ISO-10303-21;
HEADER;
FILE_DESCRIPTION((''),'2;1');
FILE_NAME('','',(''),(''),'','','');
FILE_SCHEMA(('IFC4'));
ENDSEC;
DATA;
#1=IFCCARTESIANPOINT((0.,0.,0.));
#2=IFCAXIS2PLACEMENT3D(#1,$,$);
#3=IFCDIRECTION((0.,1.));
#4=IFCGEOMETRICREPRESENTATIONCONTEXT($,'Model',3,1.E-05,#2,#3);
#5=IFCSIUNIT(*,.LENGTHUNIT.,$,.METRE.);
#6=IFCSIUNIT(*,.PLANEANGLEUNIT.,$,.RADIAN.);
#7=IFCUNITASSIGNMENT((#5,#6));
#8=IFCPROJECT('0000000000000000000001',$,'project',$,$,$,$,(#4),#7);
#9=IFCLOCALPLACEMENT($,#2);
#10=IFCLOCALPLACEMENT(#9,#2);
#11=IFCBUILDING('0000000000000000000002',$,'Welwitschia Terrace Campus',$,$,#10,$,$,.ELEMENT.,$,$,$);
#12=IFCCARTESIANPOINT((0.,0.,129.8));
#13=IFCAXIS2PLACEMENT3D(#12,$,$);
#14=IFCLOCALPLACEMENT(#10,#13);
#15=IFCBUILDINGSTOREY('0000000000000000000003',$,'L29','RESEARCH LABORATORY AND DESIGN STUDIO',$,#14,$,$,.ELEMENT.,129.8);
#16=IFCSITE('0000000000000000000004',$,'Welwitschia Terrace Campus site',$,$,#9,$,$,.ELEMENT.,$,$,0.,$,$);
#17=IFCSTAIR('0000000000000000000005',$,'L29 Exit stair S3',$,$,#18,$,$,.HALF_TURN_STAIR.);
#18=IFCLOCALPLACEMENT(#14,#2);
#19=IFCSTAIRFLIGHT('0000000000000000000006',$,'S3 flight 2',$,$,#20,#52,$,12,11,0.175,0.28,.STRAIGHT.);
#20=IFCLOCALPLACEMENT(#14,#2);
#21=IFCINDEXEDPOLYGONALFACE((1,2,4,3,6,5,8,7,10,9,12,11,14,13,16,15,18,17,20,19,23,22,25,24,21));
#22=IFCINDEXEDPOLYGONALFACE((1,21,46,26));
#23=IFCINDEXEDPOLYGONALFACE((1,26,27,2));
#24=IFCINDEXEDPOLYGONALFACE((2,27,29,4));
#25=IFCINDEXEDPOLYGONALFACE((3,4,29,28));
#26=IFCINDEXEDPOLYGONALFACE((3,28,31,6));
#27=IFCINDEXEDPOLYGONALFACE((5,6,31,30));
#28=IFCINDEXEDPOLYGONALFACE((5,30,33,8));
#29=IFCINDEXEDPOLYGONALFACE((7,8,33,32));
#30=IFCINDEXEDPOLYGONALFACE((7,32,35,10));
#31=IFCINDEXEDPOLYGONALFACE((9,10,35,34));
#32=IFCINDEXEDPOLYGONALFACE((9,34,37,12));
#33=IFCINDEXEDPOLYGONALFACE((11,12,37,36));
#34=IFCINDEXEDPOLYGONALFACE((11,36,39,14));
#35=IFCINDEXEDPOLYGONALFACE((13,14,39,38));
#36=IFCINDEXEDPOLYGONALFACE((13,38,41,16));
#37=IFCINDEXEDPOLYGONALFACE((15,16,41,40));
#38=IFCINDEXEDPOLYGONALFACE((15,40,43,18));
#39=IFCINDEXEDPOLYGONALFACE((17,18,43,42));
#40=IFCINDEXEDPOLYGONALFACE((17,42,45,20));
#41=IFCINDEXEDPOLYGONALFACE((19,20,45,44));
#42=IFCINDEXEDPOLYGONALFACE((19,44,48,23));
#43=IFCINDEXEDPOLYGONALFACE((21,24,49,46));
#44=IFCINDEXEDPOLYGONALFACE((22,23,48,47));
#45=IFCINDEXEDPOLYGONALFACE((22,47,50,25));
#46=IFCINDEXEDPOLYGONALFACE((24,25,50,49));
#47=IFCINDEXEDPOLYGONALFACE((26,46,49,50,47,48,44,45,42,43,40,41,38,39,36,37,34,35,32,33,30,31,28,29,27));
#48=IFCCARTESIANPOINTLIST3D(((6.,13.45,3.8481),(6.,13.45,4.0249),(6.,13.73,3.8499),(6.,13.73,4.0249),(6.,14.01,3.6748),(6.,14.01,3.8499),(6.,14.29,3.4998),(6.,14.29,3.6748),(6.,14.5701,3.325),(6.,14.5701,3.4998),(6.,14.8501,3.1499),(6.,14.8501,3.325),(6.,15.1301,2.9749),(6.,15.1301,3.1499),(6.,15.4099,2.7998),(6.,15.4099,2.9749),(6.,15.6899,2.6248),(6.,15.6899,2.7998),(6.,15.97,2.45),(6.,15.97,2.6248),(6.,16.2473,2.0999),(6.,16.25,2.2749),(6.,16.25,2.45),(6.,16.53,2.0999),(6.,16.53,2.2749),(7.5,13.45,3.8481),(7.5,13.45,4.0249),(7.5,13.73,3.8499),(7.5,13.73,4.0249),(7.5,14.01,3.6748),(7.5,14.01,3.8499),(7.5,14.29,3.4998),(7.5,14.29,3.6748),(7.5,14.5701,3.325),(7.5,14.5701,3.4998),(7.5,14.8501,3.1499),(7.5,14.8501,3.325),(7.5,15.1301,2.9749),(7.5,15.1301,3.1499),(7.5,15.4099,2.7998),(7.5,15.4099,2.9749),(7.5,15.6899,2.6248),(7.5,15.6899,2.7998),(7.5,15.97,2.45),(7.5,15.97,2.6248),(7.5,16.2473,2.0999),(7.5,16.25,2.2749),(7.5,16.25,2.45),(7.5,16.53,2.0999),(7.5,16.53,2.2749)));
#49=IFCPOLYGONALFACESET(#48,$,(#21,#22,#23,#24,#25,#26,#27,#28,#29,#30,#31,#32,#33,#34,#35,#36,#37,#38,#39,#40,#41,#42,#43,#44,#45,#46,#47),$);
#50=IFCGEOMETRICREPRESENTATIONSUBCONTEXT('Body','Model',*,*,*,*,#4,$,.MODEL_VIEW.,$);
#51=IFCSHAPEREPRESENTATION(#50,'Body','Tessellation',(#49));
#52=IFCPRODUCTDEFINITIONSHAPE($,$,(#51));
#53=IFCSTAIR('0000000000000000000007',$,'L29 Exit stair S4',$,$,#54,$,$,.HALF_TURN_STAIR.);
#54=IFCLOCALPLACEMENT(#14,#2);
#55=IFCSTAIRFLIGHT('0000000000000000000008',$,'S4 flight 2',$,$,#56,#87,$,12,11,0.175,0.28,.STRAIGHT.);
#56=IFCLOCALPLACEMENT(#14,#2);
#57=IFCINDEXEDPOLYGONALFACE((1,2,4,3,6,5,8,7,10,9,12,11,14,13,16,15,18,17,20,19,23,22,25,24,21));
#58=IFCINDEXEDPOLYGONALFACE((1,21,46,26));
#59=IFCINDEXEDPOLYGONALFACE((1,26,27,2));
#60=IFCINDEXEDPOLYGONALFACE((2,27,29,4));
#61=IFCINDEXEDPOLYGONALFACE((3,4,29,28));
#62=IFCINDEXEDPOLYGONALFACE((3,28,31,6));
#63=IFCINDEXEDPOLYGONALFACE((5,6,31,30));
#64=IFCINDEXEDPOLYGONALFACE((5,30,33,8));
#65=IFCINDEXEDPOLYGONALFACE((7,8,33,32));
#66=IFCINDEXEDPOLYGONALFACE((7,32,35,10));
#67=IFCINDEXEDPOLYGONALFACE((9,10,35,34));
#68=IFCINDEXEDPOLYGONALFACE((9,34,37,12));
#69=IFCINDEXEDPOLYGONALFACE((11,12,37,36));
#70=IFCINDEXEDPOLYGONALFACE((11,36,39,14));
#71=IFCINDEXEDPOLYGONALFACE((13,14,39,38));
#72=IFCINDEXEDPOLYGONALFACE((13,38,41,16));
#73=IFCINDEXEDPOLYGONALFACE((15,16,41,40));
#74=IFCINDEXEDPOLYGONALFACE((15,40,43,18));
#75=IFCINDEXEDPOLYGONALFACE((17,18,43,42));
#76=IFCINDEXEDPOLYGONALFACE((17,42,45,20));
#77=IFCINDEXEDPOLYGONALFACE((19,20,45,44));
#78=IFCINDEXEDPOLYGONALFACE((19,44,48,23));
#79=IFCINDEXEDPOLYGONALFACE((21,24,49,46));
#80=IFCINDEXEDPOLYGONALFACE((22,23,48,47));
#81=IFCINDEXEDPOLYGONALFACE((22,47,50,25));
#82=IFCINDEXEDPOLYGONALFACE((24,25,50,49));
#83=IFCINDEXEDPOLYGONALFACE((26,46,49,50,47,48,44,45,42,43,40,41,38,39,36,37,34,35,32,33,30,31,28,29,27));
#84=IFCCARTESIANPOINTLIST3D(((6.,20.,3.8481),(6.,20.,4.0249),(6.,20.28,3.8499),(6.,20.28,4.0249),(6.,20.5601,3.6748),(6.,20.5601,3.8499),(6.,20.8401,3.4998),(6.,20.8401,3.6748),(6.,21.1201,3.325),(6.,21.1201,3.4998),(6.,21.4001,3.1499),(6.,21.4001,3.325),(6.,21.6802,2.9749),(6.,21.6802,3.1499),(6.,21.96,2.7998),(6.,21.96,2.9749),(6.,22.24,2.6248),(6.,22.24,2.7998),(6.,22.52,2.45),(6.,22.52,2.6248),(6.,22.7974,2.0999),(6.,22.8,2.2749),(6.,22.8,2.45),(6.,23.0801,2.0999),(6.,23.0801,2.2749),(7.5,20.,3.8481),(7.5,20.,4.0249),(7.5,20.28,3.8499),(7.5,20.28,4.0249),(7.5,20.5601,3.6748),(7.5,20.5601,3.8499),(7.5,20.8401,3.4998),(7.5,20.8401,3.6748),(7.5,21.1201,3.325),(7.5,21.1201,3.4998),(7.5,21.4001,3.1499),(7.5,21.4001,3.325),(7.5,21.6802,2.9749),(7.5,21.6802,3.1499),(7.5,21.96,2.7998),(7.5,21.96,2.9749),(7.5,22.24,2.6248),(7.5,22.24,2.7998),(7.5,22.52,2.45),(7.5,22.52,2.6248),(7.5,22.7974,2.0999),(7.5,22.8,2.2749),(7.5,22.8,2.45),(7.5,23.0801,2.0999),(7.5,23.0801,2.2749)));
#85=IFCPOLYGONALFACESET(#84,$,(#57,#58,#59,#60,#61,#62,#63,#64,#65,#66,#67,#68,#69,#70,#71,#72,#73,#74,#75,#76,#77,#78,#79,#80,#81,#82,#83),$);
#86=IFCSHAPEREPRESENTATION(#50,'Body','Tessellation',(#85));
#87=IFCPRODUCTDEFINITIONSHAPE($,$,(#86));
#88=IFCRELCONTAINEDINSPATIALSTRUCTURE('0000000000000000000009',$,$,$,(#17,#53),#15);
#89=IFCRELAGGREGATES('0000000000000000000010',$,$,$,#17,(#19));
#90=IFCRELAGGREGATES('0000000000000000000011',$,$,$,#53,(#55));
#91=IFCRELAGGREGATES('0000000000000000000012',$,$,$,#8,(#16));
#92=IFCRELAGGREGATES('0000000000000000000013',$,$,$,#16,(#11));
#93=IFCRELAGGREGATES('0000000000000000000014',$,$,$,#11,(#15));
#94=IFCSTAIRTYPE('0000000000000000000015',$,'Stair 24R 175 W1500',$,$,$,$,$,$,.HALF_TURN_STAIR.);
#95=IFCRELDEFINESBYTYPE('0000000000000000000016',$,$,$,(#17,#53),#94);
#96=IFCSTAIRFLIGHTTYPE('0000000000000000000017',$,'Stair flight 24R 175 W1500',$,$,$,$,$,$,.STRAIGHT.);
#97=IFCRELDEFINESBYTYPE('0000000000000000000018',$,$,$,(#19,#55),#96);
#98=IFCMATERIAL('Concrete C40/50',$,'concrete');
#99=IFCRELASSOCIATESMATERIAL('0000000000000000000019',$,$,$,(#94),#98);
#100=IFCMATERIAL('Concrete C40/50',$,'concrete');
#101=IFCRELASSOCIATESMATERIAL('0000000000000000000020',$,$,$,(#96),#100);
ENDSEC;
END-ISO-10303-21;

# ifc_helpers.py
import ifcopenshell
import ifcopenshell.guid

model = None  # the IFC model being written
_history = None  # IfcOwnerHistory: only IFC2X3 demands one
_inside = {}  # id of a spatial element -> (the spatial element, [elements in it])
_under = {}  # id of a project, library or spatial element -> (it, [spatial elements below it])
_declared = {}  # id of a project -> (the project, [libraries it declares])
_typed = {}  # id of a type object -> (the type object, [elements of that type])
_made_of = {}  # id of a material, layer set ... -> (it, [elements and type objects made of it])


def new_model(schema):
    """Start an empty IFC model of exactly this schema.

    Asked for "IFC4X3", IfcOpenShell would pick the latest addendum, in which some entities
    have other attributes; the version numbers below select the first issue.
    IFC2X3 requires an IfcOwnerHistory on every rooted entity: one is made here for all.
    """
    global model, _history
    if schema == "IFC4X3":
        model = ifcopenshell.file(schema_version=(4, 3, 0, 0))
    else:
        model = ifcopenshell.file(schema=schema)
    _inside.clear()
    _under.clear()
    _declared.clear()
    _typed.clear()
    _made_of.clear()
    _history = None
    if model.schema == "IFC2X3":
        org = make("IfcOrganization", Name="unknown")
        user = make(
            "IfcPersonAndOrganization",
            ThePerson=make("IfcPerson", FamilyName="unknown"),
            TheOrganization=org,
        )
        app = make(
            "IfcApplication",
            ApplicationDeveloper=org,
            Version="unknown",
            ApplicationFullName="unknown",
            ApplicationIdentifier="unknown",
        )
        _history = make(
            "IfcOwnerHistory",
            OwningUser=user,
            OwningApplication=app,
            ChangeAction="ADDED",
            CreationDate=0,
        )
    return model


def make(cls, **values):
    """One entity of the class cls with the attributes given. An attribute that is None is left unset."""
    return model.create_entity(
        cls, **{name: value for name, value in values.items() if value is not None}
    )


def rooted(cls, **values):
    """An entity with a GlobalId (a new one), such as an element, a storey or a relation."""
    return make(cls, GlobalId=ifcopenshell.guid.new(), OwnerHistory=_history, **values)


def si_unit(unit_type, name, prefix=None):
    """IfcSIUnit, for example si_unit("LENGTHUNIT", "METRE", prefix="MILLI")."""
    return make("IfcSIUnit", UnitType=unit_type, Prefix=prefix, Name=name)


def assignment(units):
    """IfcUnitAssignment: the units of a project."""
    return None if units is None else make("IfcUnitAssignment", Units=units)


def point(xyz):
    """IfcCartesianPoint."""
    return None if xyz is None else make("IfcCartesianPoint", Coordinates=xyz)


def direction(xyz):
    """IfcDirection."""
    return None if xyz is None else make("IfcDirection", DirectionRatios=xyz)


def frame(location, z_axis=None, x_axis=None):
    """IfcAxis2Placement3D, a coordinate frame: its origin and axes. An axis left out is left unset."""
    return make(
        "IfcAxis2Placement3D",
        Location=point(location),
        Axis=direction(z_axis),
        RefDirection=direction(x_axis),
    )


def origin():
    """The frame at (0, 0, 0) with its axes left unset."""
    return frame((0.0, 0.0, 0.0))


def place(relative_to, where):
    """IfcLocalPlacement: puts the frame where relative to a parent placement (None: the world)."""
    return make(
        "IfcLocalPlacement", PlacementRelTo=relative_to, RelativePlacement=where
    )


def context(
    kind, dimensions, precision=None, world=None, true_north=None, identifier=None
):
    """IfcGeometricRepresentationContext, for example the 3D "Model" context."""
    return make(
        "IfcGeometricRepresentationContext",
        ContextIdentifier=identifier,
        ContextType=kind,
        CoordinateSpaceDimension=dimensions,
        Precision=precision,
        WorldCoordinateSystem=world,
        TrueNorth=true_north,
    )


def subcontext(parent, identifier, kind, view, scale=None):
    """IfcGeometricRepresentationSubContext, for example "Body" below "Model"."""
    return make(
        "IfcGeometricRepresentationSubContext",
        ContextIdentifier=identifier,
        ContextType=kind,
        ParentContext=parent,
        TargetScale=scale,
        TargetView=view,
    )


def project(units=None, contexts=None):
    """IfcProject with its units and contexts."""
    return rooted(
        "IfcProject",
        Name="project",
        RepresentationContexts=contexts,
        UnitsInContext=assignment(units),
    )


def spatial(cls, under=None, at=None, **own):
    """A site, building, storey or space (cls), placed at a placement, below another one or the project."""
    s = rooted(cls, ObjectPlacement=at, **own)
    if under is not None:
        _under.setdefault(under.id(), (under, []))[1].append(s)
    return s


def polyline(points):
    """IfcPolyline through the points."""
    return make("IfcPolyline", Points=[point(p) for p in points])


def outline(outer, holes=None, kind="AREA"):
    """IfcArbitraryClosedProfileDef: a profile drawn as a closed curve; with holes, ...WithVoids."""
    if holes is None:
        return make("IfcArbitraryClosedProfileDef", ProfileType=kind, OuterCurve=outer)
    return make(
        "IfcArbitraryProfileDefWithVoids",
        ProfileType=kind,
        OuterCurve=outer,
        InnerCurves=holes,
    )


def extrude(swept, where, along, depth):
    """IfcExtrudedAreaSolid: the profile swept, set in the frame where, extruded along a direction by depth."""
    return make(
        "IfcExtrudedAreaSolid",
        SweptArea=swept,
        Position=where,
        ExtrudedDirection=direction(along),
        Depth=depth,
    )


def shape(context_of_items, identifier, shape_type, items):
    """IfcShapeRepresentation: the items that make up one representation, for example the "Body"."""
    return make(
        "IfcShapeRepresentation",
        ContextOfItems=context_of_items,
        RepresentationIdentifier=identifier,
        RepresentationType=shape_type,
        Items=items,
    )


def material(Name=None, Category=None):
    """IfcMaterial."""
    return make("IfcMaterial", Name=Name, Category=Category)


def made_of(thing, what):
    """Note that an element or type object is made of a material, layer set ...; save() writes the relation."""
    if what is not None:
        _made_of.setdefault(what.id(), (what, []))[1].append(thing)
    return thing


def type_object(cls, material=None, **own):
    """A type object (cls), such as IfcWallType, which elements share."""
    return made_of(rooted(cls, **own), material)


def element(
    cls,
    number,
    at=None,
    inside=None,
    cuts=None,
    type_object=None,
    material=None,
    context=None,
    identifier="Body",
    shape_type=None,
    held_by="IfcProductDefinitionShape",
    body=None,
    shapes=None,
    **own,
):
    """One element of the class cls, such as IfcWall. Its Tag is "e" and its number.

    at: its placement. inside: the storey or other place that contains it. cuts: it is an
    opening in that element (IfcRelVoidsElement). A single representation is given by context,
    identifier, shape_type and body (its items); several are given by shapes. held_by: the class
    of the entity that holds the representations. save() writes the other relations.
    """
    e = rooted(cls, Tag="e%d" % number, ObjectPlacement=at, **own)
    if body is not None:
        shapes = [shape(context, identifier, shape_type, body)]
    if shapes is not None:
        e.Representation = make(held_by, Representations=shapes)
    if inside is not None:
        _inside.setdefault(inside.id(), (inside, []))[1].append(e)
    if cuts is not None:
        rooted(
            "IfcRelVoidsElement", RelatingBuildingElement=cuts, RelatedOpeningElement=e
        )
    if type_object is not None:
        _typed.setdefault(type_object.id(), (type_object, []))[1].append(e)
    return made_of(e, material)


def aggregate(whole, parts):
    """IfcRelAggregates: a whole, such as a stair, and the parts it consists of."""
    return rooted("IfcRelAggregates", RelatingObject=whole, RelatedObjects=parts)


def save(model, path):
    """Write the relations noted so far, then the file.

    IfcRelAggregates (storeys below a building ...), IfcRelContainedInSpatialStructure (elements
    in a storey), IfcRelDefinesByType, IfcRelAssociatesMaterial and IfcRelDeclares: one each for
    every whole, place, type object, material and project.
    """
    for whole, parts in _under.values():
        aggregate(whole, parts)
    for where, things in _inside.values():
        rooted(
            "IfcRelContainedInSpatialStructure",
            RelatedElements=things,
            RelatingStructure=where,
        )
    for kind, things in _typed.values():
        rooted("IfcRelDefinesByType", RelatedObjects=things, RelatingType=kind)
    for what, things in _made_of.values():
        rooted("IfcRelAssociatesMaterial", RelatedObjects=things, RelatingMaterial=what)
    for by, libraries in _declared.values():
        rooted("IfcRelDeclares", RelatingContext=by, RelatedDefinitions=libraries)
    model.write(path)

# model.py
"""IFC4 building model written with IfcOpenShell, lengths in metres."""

from ifc_helpers import new_model, si_unit, direction, frame, origin, place, context, subcontext, project, spatial, polyline, outline, extrude, material, type_object, element, aggregate, save


model = new_model("IFC4")

# Units and contexts
model_context = context("Model", 3, precision=1e-05, world=origin(), true_north=direction((0.0, 1.0)))
body_context = subcontext(model_context, "Body", "Model", "MODEL_VIEW")
ifc_project = project(units=[si_unit("LENGTHUNIT", "METRE"), si_unit("PLANEANGLEUNIT", "RADIAN")], contexts=[model_context])

# Site, building, storey
site_placement = place(None, origin())
site = spatial("IfcSite", under=ifc_project, at=site_placement, Name="Welwitschia Terrace Campus site", CompositionType="ELEMENT", RefElevation=0.0)
building_placement = place(site_placement, origin())
building = spatial("IfcBuilding", under=site, at=building_placement, Name="Welwitschia Terrace Campus", CompositionType="ELEMENT")
storey_placement = place(building_placement, frame((0.0, 0.0, 129.8)))
storey = spatial("IfcBuildingStorey", under=building, at=storey_placement, Name="L29", Description="RESEARCH LABORATORY AND DESIGN STUDIO", CompositionType="ELEMENT", Elevation=129.8)

# Stairs, stair flights
ifc_material_1 = material(Name="Concrete C40/50", Category="concrete")
stair_type = type_object("IfcStairType", Name="Stair 24R 175 W1500", PredefinedType="HALF_TURN_STAIR", material=ifc_material_1)
stair_1_placement = place(storey_placement, origin())
stair_1 = element("IfcStair", 1, at=stair_1_placement, inside=storey, type_object=stair_type, Name="L29 Exit stair S3", PredefinedType="HALF_TURN_STAIR")
ifc_material_2 = material(Name="Concrete C40/50", Category="concrete")
stair_flight_type = type_object("IfcStairFlightType", Name="Stair flight 24R 175 W1500", PredefinedType="STRAIGHT", material=ifc_material_2)
stair_flight_1_placement = place(storey_placement, frame((6.75, 16.53, 2.0999), z_axis=(0.0, 0.0, 1.0), x_axis=(0.0, -1.0, 0.0)))
stair_flight_1 = element("IfcStairFlight", 2, at=stair_flight_1_placement, type_object=stair_flight_type, Name="S3 flight 2", NumberOfRisers=12, NumberOfTreads=11, PredefinedType="STRAIGHT", RiserHeight=0.175, TreadLength=0.28, context=body_context, shape_type="SweptSolid", body=[
    extrude(outline(polyline([(0.0, 0.0), (0.0, 0.175), (0.28, 0.175), (0.28, 0.3501), (0.5601, 0.3501), (0.5601, 0.5249), (0.8401, 0.5249), (0.8401, 0.7), (1.1201, 0.7), (1.1201, 0.875), (1.3999, 0.875), (1.3999, 1.05), (1.6799, 1.05), (1.6799, 1.2251), (1.96, 1.2251), (1.96, 1.3999), (2.24, 1.3999), (2.24, 1.575), (2.52, 1.575), (2.52, 1.75), (2.8, 1.75), (2.8, 1.925), (3.0801, 1.925), (3.0801, 2.1001), (3.0801, 1.7483), (0.2827, 0.0), (0.0, 0.0)])), frame((0.0, 0.75, 0.0), z_axis=(0.0, -1.0, 0.0), x_axis=(1.0, 0.0, 0.0)), (0.0, 0.0, 1.0), 1.5),
])
aggregate(stair_1, [stair_flight_1])
stair_2_placement = place(storey_placement, origin())
stair_2 = element("IfcStair", 3, at=stair_2_placement, inside=storey, type_object=stair_type, Name="L29 Exit stair S4", PredefinedType="HALF_TURN_STAIR")
stair_flight_2_placement = place(storey_placement, frame((6.75, 23.0801, 2.0999), z_axis=(0.0, 0.0, 1.0), x_axis=(0.0, -1.0, 0.0)))
stair_flight_2 = element("IfcStairFlight", 4, at=stair_flight_2_placement, type_object=stair_flight_type, Name="S4 flight 2", NumberOfRisers=12, NumberOfTreads=11, PredefinedType="STRAIGHT", RiserHeight=0.175, TreadLength=0.28, context=body_context, shape_type="SweptSolid", body=[
    extrude(outline(polyline([(0.0, 0.0), (0.0, 0.175), (0.28, 0.175), (0.28, 0.3501), (0.5601, 0.3501), (0.5601, 0.5249), (0.8401, 0.5249), (0.8401, 0.7), (1.1201, 0.7), (1.1201, 0.875), (1.3999, 0.875), (1.3999, 1.05), (1.6799, 1.05), (1.6799, 1.2251), (1.96, 1.2251), (1.96, 1.3999), (2.24, 1.3999), (2.24, 1.575), (2.52, 1.575), (2.52, 1.75), (2.8, 1.75), (2.8, 1.925), (3.0801, 1.925), (3.0801, 2.1001), (3.0801, 1.7483), (0.2827, 0.0), (0.0, 0.0)])), frame((0.0, 0.75, 0.0), z_axis=(0.0, -1.0, 0.0), x_axis=(1.0, 0.0, 0.0)), (0.0, 0.0, 1.0), 1.5),
])
aggregate(stair_2, [stair_flight_2])

save(model, "model.ifc")
